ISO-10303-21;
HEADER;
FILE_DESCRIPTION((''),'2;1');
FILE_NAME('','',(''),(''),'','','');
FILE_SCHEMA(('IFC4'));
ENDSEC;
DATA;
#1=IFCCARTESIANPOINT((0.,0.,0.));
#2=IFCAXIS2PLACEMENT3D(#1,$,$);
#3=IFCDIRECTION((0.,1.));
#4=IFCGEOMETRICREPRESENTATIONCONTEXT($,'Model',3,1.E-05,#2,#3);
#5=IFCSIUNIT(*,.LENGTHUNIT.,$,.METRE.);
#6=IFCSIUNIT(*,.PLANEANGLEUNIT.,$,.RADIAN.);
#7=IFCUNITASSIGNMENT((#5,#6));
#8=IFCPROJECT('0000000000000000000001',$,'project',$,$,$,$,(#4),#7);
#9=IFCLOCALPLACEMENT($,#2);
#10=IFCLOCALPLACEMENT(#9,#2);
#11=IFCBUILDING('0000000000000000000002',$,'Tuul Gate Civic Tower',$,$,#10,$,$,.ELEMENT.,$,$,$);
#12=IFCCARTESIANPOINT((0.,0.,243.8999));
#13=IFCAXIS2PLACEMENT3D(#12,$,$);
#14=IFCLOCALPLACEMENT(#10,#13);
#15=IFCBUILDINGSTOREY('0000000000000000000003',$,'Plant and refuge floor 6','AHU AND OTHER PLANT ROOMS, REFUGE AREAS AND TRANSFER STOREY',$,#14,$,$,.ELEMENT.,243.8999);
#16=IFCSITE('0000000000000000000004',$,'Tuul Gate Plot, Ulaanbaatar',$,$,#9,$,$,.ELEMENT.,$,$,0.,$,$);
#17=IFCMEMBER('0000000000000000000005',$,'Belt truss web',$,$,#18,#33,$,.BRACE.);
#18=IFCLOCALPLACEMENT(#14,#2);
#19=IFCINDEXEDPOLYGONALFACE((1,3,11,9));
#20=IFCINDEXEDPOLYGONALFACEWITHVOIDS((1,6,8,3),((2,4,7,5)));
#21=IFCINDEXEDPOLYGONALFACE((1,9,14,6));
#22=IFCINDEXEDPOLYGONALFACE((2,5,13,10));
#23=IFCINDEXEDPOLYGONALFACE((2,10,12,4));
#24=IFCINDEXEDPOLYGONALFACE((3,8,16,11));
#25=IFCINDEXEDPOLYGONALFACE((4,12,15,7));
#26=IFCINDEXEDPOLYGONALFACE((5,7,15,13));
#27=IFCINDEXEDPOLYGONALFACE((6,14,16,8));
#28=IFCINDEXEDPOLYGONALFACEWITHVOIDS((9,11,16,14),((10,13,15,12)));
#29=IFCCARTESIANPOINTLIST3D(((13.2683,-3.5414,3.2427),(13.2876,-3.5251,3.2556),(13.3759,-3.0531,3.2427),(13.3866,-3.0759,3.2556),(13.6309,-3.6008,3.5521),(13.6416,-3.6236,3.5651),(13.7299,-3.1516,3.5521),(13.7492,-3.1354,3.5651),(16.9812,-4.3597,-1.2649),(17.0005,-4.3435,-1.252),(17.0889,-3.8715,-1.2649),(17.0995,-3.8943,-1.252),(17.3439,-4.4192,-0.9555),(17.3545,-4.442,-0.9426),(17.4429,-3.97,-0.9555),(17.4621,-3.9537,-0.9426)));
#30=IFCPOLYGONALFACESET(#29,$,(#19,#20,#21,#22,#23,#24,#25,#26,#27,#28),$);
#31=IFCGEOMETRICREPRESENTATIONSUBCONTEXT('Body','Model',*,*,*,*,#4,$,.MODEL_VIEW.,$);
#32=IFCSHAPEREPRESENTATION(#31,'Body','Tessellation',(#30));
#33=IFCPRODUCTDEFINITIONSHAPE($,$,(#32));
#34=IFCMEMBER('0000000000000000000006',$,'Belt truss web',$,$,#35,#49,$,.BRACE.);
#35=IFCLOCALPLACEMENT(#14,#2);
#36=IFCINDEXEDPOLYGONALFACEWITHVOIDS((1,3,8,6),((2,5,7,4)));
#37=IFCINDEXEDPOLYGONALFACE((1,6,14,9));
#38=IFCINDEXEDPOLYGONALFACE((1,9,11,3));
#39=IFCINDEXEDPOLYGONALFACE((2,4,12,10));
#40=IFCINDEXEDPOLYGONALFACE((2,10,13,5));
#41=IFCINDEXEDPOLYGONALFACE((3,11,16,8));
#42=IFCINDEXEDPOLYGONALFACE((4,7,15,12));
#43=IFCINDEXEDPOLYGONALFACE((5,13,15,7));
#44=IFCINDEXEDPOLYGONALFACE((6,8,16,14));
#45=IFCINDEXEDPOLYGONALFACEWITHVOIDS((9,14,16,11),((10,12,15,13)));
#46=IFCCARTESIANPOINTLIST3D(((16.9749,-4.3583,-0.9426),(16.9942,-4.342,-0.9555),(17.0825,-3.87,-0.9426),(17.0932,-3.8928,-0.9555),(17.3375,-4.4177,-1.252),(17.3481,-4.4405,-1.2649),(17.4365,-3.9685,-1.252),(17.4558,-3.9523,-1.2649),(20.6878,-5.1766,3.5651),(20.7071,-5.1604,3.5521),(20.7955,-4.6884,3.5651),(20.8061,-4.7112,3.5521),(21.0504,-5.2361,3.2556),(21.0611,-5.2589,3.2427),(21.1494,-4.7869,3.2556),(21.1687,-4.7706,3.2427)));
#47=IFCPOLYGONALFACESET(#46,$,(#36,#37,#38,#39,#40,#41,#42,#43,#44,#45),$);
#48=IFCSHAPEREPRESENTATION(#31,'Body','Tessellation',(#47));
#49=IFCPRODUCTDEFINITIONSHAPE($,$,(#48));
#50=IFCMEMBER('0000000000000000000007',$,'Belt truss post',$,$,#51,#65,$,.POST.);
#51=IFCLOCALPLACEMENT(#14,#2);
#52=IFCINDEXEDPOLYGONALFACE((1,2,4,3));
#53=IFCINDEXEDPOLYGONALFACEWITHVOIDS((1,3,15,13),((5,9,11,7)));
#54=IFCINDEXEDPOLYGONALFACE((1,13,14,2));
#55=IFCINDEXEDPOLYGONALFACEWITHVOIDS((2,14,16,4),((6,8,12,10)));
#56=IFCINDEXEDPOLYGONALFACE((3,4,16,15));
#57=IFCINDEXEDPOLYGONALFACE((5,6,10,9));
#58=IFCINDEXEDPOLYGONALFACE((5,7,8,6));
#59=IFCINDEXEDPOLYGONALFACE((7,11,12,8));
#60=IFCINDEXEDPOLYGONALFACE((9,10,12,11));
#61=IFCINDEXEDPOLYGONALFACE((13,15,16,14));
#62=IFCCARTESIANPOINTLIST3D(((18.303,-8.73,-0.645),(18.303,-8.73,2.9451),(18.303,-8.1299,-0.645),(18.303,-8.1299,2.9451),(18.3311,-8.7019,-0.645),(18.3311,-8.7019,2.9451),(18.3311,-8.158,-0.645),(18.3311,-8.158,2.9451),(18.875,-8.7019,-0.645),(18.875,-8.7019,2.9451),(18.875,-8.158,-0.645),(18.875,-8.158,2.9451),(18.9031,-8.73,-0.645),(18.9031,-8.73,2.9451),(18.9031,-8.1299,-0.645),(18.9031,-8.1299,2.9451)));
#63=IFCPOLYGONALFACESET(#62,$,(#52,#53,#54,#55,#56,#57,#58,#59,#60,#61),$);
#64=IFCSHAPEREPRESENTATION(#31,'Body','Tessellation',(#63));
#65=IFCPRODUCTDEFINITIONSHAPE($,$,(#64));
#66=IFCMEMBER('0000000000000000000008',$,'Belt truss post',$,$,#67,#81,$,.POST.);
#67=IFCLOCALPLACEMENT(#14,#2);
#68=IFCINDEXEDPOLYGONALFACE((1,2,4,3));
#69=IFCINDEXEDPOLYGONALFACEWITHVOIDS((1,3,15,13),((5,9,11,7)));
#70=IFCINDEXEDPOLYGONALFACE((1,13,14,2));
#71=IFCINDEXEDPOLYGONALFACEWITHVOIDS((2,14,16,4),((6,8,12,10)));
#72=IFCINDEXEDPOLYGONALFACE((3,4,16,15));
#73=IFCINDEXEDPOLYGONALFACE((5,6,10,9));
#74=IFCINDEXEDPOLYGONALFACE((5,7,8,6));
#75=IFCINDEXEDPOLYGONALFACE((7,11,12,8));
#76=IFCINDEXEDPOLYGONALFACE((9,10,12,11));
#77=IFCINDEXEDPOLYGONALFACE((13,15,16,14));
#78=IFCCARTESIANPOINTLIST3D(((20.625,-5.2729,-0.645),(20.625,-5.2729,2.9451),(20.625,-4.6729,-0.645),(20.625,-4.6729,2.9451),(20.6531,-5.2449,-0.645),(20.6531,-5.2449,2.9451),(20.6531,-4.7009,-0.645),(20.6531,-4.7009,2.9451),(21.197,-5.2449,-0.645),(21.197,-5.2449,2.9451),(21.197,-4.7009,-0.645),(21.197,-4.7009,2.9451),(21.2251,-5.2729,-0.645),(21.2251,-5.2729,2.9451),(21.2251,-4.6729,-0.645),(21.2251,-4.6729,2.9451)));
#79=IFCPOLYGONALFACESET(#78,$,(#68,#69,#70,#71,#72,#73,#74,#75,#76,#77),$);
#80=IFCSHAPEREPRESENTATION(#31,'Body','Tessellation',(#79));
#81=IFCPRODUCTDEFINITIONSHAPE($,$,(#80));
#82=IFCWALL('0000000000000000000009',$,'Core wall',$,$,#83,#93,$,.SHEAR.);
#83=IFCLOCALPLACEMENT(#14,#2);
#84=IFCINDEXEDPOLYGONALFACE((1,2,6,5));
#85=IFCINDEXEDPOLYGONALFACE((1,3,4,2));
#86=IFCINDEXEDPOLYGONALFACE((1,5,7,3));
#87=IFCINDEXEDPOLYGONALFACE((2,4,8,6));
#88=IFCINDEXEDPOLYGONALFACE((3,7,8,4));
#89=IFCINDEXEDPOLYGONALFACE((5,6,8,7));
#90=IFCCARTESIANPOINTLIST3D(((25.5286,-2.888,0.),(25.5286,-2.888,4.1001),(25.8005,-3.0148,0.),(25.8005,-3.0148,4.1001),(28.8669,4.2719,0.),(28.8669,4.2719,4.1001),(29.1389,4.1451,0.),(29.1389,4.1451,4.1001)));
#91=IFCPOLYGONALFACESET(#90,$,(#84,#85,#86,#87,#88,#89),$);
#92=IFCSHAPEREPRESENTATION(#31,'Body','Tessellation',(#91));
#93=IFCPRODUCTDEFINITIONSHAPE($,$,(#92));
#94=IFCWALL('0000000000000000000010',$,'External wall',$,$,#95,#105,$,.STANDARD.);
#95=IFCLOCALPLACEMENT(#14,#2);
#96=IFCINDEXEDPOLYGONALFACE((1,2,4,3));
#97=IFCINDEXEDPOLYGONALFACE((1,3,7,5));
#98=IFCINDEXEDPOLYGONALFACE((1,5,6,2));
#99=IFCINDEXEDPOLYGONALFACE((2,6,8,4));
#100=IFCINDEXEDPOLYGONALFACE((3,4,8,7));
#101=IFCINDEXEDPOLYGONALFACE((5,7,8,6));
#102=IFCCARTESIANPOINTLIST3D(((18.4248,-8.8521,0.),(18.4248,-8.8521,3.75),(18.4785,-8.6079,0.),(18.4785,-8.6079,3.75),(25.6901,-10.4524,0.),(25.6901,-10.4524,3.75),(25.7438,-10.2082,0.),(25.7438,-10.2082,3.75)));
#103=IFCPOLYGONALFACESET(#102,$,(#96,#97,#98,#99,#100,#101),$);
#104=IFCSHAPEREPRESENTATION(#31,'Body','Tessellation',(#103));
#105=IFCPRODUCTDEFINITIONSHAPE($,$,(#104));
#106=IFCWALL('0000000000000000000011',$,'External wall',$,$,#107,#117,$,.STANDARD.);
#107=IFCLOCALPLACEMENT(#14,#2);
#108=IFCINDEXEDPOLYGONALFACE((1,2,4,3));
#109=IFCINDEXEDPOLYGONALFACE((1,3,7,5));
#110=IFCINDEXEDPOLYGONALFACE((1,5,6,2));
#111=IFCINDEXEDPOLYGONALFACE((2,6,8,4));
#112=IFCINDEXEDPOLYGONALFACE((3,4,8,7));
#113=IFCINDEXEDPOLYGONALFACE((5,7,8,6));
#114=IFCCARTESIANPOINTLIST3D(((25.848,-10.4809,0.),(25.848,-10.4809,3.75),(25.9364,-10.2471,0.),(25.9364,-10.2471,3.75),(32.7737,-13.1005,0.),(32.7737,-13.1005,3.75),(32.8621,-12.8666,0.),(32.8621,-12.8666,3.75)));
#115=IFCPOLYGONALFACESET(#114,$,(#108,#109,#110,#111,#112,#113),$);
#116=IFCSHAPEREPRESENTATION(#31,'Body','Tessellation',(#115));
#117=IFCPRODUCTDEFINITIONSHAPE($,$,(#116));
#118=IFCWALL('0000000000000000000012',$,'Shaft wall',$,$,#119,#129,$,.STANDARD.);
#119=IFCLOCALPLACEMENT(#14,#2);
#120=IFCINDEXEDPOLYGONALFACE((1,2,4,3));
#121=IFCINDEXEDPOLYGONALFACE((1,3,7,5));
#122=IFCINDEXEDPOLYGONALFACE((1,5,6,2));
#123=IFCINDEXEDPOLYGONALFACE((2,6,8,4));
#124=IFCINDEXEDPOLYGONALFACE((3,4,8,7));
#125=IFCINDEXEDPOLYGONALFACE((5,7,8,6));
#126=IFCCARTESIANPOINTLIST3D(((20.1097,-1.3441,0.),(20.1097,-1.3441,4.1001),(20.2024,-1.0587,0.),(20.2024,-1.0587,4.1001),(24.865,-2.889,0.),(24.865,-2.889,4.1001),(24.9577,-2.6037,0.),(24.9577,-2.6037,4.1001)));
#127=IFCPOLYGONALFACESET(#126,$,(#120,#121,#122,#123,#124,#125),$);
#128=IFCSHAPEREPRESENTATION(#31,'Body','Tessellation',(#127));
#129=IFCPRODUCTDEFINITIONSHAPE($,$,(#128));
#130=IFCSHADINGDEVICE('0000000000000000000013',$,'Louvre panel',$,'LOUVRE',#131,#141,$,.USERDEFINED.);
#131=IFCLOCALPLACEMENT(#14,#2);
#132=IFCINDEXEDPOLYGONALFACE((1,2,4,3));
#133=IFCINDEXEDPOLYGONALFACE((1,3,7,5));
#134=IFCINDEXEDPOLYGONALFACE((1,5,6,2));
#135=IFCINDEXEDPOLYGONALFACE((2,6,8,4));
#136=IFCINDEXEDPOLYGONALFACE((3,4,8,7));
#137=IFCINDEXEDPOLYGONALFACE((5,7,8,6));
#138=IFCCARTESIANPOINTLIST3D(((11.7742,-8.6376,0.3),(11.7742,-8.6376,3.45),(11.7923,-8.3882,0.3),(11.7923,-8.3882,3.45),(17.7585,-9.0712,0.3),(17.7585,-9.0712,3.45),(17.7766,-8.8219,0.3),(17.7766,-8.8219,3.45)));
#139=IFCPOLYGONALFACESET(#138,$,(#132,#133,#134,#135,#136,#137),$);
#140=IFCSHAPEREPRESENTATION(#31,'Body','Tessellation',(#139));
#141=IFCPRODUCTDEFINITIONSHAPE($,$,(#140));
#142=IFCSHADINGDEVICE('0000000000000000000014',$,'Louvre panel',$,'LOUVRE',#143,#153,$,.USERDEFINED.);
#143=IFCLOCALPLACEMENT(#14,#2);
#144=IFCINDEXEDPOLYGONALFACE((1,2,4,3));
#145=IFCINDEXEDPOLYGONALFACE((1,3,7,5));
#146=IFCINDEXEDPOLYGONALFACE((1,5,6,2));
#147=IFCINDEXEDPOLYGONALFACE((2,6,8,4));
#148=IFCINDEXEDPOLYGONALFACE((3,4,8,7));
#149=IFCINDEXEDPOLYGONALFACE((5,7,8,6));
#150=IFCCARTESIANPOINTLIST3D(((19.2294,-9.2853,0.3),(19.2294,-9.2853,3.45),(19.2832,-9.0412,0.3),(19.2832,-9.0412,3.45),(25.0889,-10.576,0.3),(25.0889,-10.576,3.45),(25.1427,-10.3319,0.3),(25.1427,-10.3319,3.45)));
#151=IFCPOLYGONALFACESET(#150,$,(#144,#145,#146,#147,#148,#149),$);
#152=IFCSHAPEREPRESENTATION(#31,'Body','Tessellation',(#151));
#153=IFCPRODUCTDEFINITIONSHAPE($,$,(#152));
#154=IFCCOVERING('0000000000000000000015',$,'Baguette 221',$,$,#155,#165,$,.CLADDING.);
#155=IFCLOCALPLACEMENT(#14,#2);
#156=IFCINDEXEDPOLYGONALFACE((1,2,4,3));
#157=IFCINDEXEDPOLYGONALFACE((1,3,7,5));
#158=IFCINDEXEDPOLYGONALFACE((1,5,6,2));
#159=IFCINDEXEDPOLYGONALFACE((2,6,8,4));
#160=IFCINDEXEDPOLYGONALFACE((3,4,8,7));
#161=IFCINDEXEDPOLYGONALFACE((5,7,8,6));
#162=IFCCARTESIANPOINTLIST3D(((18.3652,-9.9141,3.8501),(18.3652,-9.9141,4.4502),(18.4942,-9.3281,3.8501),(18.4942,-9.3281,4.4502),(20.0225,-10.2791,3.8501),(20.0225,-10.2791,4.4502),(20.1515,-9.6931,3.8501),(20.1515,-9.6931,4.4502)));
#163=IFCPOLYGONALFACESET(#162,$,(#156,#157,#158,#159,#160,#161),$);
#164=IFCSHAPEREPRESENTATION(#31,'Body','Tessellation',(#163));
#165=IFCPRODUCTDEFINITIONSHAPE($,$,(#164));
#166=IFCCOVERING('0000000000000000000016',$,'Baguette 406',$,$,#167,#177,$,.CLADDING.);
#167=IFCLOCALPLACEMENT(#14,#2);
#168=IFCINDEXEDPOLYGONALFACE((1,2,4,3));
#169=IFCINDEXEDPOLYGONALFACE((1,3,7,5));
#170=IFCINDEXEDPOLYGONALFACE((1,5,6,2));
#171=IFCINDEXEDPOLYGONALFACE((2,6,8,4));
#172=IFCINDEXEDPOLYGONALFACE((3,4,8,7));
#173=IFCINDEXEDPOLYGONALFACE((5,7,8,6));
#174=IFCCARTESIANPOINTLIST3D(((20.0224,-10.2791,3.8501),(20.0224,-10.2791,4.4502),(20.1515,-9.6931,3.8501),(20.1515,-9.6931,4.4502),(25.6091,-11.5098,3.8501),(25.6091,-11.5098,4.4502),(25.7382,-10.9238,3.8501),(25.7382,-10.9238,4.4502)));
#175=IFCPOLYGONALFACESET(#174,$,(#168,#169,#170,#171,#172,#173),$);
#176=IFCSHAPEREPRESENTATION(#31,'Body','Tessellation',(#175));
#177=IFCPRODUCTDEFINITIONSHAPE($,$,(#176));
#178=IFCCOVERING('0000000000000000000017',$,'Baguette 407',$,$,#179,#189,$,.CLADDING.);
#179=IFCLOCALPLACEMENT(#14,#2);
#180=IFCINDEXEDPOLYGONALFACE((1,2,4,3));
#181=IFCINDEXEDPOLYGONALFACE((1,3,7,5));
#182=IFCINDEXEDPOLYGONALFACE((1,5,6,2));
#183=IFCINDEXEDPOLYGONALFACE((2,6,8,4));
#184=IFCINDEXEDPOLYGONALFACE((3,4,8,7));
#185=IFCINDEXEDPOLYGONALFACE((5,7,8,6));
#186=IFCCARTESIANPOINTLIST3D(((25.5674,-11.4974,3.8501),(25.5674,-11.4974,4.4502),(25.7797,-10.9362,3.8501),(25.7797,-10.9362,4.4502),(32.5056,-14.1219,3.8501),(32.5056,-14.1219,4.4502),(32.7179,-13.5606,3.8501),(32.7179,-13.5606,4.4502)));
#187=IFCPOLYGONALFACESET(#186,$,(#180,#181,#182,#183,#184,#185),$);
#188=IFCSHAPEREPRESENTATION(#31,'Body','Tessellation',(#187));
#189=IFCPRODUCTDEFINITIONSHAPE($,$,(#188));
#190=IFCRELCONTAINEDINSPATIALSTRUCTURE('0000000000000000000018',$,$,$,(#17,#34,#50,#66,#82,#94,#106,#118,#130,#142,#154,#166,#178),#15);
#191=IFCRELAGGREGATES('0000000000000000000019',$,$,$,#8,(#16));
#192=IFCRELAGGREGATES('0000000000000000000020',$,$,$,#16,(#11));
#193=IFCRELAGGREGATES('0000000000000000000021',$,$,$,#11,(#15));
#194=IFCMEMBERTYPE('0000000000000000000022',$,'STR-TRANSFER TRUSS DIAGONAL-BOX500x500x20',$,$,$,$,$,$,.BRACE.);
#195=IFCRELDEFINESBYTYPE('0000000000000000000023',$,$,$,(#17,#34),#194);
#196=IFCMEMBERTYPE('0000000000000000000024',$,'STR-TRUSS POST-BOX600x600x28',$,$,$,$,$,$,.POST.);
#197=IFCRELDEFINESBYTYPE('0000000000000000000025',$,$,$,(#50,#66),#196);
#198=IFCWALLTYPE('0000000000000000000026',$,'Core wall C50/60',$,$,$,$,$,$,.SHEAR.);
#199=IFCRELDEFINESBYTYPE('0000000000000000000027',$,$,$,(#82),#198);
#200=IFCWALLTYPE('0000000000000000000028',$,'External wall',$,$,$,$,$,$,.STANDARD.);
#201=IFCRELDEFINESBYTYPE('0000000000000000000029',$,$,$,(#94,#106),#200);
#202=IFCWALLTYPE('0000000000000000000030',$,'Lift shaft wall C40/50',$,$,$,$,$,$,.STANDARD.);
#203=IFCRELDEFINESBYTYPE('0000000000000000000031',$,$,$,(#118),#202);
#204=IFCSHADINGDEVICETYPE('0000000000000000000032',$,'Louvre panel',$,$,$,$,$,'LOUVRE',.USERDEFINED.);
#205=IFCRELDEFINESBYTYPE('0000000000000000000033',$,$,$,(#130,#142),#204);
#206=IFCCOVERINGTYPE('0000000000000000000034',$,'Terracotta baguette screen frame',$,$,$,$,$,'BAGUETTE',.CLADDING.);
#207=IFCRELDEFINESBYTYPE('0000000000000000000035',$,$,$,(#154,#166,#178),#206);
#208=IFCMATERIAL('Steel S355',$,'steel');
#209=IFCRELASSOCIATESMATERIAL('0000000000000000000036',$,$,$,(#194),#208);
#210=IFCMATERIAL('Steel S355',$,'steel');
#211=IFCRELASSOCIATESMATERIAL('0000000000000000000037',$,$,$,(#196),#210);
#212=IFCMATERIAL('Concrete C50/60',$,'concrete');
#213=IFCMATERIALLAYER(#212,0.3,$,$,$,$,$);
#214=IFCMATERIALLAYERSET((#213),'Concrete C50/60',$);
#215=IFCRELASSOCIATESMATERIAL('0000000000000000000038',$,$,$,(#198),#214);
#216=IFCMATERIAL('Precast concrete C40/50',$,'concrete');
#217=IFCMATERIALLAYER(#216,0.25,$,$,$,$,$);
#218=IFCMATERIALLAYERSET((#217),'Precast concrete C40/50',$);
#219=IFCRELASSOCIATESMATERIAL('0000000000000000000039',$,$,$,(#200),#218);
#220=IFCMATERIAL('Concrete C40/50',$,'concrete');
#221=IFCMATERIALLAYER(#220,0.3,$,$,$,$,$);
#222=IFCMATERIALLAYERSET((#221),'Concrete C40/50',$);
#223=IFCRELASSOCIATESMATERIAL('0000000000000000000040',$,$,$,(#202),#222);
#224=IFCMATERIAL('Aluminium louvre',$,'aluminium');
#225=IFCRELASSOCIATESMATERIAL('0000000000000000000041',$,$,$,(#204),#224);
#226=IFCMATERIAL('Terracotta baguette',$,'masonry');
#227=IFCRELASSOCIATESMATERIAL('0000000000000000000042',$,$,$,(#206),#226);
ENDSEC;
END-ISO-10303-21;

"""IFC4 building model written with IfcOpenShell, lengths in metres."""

from ifc_helpers import new_model, si_unit, direction, frame, frame_2d, origin, origin_2d, place, context, subcontext, project, spatial, rectangle, hollow_rectangle, extrude, material, layer, layer_set, material_profile, profile_set, type_object, element, save


model = new_model("IFC4")

# Units and contexts
model_context = context("Model", 3, precision=1e-05, world=origin(), true_north=direction((0.0, 1.0)))
body_context = subcontext(model_context, "Body", "Model", "MODEL_VIEW")
ifc_project = project(units=[si_unit("LENGTHUNIT", "METRE"), si_unit("PLANEANGLEUNIT", "RADIAN")], contexts=[model_context])

# Site, building, storey
site_placement = place(None, origin())
site = spatial("IfcSite", under=ifc_project, at=site_placement, Name="Tuul Gate Plot, Ulaanbaatar", CompositionType="ELEMENT", RefElevation=0.0)
building_placement = place(site_placement, origin())
building = spatial("IfcBuilding", under=site, at=building_placement, Name="Tuul Gate Civic Tower", CompositionType="ELEMENT")
storey_placement = place(building_placement, frame((0.0, 0.0, 243.8999)))
storey = spatial("IfcBuildingStorey", under=building, at=storey_placement, Name="Plant and refuge floor 6", Description="AHU AND OTHER PLANT ROOMS, REFUGE AREAS AND TRANSFER STOREY", CompositionType="ELEMENT", Elevation=243.8999)

# Members
ifc_material_1 = material(Name="Steel S355", Category="steel")
ifc_material_profile_1 = material_profile(ifc_material_1, hollow_rectangle(XDim=0.5, YDim=0.5, WallThickness=0.02, at=origin_2d()), Name="BOX500x500x20")
ifc_profile_set_1 = profile_set([ifc_material_profile_1], Name="Steel S355")
member_type_1 = type_object("IfcMemberType", Name="STR-TRANSFER TRUSS DIAGONAL-BOX500x500x20", PredefinedType="BRACE", material=ifc_profile_set_1)
for number, where, z_axis, x_axis, name in (
    (1, (17.2217, -4.1567, -1.1038), (-0.629634, 0.138778, 0.764396), (-0.215244, -0.97656, 0.0), "Belt truss web"),
    (2, (17.2153, -4.1553, -1.1038), (0.629634, -0.138778, 0.764396), (0.215244, 0.97656, 0.0), "Belt truss web"),
):
    element("IfcMember", number, at=place(storey_placement, frame(where, z_axis=z_axis, x_axis=x_axis)), inside=storey, type_object=member_type_1, Name=name, PredefinedType="BRACE", context=body_context, shape_type="SweptSolid", body=[
        extrude(hollow_rectangle(XDim=0.5, YDim=0.5, WallThickness=0.02, at=origin_2d()), origin(), (0.0, 0.0, 1.0), 5.897),
    ])
ifc_material_2 = material(Name="Steel S355", Category="steel")
ifc_material_profile_2 = material_profile(ifc_material_2, hollow_rectangle(XDim=0.6001, YDim=0.6001, WallThickness=0.0281, at=origin_2d()), Name="BOX600x600x28")
ifc_profile_set_2 = profile_set([ifc_material_profile_2], Name="Steel S355")
member_type_2 = type_object("IfcMemberType", Name="STR-TRUSS POST-BOX600x600x28", PredefinedType="POST", material=ifc_profile_set_2)
for number, where, z_axis, x_axis, name in (
    (3, (18.603, -8.4299, -0.645), (0.0, 0.0, 1.0), (1.0, 0.0, 0.0), "Belt truss post"),
    (4, (20.925, -4.9729, -0.645), (0.0, 0.0, 1.0), (1.0, 0.0, 0.0), "Belt truss post"),
):
    element("IfcMember", number, at=place(storey_placement, frame(where, z_axis=z_axis, x_axis=x_axis)), inside=storey, type_object=member_type_2, Name=name, PredefinedType="POST", context=body_context, shape_type="SweptSolid", body=[
        extrude(hollow_rectangle(XDim=0.6001, YDim=0.6001, WallThickness=0.0281, at=origin_2d()), origin(), (0.0, 0.0, 1.0), 3.5901),
    ])

# Walls
ifc_material_3 = material(Name="Concrete C50/60", Category="concrete")
ifc_layer_1 = layer(ifc_material_3, 0.3)
ifc_layer_set_1 = layer_set([ifc_layer_1], Name="Concrete C50/60")
wall_type_1 = type_object("IfcWallType", Name="Core wall C50/60", PredefinedType="SHEAR", material=ifc_layer_set_1)
wall_1_placement = place(storey_placement, frame((25.6646, -2.9514, 0.0), z_axis=(0.0, 0.0, 1.0), x_axis=(0.422583, 0.906324, 0.0)))
element("IfcWall", 5, at=wall_1_placement, inside=storey, type_object=wall_type_1, Name="Core wall", PredefinedType="SHEAR", context=body_context, shape_type="SweptSolid", body=[
    extrude(rectangle(XDim=7.8999, YDim=0.3, at=frame_2d((3.95, 0.0))), origin(), (0.0, 0.0, 1.0), 4.1001),
])
ifc_material_4 = material(Name="Precast concrete C40/50", Category="concrete")
ifc_layer_2 = layer(ifc_material_4, 0.25)
ifc_layer_set_2 = layer_set([ifc_layer_2], Name="Precast concrete C40/50")
wall_type_2 = type_object("IfcWallType", Name="External wall", PredefinedType="STANDARD", material=ifc_layer_set_2)
wall_2_placement = place(storey_placement, frame((18.4517, -8.73, 0.0), z_axis=(0.0, 0.0, 1.0), x_axis=(0.976589, -0.215113, 0.0)))
element("IfcWall", 6, at=wall_2_placement, inside=storey, type_object=wall_type_2, Name="External wall", PredefinedType="STANDARD", context=body_context, shape_type="SweptSolid", body=[
    extrude(rectangle(XDim=7.4395, YDim=0.25, at=frame_2d((3.7197, 0.0))), origin(), (0.0, 0.0, 1.0), 3.75),
])
wall_3_placement = place(storey_placement, frame((25.8923, -10.364, 0.0), z_axis=(0.0, 0.0, 1.0), x_axis=(0.935328, -0.353781, 0.0)))
element("IfcWall", 7, at=wall_3_placement, inside=storey, type_object=wall_type_2, Name="External wall", PredefinedType="STANDARD", context=body_context, shape_type="SweptSolid", body=[
    extrude(rectangle(XDim=7.4045, YDim=0.25, at=frame_2d((3.7021, 0.0))), origin(), (0.0, 0.0, 1.0), 3.75),
])
ifc_material_5 = material(Name="Concrete C40/50", Category="concrete")
ifc_layer_3 = layer(ifc_material_5, 0.3)
ifc_layer_set_3 = layer_set([ifc_layer_3], Name="Concrete C40/50")
wall_type_3 = type_object("IfcWallType", Name="Lift shaft wall C40/50", PredefinedType="STANDARD", material=ifc_layer_set_3)
wall_4_placement = place(storey_placement, frame((24.9114, -2.7463, 0.0), z_axis=(0.0, 0.0, 1.0), x_axis=(-0.951068, 0.308982, 0.0)))
element("IfcWall", 8, at=wall_4_placement, inside=storey, type_object=wall_type_3, Name="Shaft wall", PredefinedType="STANDARD", context=body_context, shape_type="SweptSolid", body=[
    extrude(rectangle(XDim=5.0, YDim=0.3, at=frame_2d((2.5, 0.0))), origin(), (0.0, 0.0, 1.0), 4.1001),
])

# Shading devices
ifc_material_6 = material(Name="Aluminium louvre", Category="aluminium")
shading_device_type = type_object("IfcShadingDeviceType", Name="Louvre panel", ElementType="LOUVRE", PredefinedType="USERDEFINED", material=ifc_material_6)
for number, where, z_axis, x_axis, name in (
    (9, (14.7754, -8.7297, 0.3), (0.0, 0.0, 1.0), (-0.072276, -0.997385, 0.0), "Louvre panel"),
    (10, (22.186, -9.8086, 0.3), (0.0, 0.0, 1.0), (-0.215115, -0.976589, 0.0), "Louvre panel"),
):
    element("IfcShadingDevice", number, at=place(storey_placement, frame(where, z_axis=z_axis, x_axis=x_axis)), inside=storey, type_object=shading_device_type, Name=name, ObjectType="LOUVRE", PredefinedType="USERDEFINED", context=body_context, shape_type="SweptSolid", body=[
        extrude(rectangle(XDim=0.25, YDim=6.0, at=origin_2d()), origin(), (0.0, 0.0, 1.0), 3.1499),
    ])

# Coverings
ifc_material_7 = material(Name="Terracotta baguette", Category="masonry")
ifc_material_profile_3 = material_profile(ifc_material_7, rectangle(XDim=0.6001, YDim=0.6001, at=origin_2d()), Name="Terracotta baguette screen frame")
ifc_profile_set_3 = profile_set([ifc_material_profile_3], Name="Terracotta baguette")
covering_type = type_object("IfcCoveringType", Name="Terracotta baguette screen frame", ElementType="BAGUETTE", PredefinedType="CLADDING", material=ifc_profile_set_3)
covering_1_placement = place(storey_placement, frame((18.4297, -9.6211, 4.1501), z_axis=(0.976595, -0.215087, 0.0), x_axis=(0.215087, 0.976595, 0.0)))
element("IfcCovering", 11, at=covering_1_placement, inside=storey, type_object=covering_type, Name="Baguette 221", PredefinedType="CLADDING", context=body_context, shape_type="SweptSolid", body=[
    extrude(rectangle(XDim=0.6001, YDim=0.6001, at=origin_2d()), origin(), (0.0, 0.0, 1.0), 1.697),
])
covering_2_placement = place(storey_placement, frame((20.0869, -9.9861, 4.1501), z_axis=(0.976584, -0.215136, 0.0), x_axis=(0.215136, 0.976584, 0.0)))
element("IfcCovering", 12, at=covering_2_placement, inside=storey, type_object=covering_type, Name="Baguette 406", PredefinedType="CLADDING", context=body_context, shape_type="SweptSolid", body=[
    extrude(rectangle(XDim=0.6001, YDim=0.6001, at=origin_2d()), origin(), (0.0, 0.0, 1.0), 5.7207),
])
covering_3_placement = place(storey_placement, frame((25.6736, -11.2168, 4.1501), z_axis=(0.93532, -0.353802, 0.0), x_axis=(0.353802, 0.93532, 0.0)))
element("IfcCovering", 13, at=covering_3_placement, inside=storey, type_object=covering_type, Name="Baguette 407", PredefinedType="CLADDING", context=body_context, shape_type="SweptSolid", body=[
    extrude(rectangle(XDim=0.6001, YDim=0.6001, at=origin_2d()), origin(), (0.0, 0.0, 1.0), 7.418),
])

save(model, "model.ifc")
